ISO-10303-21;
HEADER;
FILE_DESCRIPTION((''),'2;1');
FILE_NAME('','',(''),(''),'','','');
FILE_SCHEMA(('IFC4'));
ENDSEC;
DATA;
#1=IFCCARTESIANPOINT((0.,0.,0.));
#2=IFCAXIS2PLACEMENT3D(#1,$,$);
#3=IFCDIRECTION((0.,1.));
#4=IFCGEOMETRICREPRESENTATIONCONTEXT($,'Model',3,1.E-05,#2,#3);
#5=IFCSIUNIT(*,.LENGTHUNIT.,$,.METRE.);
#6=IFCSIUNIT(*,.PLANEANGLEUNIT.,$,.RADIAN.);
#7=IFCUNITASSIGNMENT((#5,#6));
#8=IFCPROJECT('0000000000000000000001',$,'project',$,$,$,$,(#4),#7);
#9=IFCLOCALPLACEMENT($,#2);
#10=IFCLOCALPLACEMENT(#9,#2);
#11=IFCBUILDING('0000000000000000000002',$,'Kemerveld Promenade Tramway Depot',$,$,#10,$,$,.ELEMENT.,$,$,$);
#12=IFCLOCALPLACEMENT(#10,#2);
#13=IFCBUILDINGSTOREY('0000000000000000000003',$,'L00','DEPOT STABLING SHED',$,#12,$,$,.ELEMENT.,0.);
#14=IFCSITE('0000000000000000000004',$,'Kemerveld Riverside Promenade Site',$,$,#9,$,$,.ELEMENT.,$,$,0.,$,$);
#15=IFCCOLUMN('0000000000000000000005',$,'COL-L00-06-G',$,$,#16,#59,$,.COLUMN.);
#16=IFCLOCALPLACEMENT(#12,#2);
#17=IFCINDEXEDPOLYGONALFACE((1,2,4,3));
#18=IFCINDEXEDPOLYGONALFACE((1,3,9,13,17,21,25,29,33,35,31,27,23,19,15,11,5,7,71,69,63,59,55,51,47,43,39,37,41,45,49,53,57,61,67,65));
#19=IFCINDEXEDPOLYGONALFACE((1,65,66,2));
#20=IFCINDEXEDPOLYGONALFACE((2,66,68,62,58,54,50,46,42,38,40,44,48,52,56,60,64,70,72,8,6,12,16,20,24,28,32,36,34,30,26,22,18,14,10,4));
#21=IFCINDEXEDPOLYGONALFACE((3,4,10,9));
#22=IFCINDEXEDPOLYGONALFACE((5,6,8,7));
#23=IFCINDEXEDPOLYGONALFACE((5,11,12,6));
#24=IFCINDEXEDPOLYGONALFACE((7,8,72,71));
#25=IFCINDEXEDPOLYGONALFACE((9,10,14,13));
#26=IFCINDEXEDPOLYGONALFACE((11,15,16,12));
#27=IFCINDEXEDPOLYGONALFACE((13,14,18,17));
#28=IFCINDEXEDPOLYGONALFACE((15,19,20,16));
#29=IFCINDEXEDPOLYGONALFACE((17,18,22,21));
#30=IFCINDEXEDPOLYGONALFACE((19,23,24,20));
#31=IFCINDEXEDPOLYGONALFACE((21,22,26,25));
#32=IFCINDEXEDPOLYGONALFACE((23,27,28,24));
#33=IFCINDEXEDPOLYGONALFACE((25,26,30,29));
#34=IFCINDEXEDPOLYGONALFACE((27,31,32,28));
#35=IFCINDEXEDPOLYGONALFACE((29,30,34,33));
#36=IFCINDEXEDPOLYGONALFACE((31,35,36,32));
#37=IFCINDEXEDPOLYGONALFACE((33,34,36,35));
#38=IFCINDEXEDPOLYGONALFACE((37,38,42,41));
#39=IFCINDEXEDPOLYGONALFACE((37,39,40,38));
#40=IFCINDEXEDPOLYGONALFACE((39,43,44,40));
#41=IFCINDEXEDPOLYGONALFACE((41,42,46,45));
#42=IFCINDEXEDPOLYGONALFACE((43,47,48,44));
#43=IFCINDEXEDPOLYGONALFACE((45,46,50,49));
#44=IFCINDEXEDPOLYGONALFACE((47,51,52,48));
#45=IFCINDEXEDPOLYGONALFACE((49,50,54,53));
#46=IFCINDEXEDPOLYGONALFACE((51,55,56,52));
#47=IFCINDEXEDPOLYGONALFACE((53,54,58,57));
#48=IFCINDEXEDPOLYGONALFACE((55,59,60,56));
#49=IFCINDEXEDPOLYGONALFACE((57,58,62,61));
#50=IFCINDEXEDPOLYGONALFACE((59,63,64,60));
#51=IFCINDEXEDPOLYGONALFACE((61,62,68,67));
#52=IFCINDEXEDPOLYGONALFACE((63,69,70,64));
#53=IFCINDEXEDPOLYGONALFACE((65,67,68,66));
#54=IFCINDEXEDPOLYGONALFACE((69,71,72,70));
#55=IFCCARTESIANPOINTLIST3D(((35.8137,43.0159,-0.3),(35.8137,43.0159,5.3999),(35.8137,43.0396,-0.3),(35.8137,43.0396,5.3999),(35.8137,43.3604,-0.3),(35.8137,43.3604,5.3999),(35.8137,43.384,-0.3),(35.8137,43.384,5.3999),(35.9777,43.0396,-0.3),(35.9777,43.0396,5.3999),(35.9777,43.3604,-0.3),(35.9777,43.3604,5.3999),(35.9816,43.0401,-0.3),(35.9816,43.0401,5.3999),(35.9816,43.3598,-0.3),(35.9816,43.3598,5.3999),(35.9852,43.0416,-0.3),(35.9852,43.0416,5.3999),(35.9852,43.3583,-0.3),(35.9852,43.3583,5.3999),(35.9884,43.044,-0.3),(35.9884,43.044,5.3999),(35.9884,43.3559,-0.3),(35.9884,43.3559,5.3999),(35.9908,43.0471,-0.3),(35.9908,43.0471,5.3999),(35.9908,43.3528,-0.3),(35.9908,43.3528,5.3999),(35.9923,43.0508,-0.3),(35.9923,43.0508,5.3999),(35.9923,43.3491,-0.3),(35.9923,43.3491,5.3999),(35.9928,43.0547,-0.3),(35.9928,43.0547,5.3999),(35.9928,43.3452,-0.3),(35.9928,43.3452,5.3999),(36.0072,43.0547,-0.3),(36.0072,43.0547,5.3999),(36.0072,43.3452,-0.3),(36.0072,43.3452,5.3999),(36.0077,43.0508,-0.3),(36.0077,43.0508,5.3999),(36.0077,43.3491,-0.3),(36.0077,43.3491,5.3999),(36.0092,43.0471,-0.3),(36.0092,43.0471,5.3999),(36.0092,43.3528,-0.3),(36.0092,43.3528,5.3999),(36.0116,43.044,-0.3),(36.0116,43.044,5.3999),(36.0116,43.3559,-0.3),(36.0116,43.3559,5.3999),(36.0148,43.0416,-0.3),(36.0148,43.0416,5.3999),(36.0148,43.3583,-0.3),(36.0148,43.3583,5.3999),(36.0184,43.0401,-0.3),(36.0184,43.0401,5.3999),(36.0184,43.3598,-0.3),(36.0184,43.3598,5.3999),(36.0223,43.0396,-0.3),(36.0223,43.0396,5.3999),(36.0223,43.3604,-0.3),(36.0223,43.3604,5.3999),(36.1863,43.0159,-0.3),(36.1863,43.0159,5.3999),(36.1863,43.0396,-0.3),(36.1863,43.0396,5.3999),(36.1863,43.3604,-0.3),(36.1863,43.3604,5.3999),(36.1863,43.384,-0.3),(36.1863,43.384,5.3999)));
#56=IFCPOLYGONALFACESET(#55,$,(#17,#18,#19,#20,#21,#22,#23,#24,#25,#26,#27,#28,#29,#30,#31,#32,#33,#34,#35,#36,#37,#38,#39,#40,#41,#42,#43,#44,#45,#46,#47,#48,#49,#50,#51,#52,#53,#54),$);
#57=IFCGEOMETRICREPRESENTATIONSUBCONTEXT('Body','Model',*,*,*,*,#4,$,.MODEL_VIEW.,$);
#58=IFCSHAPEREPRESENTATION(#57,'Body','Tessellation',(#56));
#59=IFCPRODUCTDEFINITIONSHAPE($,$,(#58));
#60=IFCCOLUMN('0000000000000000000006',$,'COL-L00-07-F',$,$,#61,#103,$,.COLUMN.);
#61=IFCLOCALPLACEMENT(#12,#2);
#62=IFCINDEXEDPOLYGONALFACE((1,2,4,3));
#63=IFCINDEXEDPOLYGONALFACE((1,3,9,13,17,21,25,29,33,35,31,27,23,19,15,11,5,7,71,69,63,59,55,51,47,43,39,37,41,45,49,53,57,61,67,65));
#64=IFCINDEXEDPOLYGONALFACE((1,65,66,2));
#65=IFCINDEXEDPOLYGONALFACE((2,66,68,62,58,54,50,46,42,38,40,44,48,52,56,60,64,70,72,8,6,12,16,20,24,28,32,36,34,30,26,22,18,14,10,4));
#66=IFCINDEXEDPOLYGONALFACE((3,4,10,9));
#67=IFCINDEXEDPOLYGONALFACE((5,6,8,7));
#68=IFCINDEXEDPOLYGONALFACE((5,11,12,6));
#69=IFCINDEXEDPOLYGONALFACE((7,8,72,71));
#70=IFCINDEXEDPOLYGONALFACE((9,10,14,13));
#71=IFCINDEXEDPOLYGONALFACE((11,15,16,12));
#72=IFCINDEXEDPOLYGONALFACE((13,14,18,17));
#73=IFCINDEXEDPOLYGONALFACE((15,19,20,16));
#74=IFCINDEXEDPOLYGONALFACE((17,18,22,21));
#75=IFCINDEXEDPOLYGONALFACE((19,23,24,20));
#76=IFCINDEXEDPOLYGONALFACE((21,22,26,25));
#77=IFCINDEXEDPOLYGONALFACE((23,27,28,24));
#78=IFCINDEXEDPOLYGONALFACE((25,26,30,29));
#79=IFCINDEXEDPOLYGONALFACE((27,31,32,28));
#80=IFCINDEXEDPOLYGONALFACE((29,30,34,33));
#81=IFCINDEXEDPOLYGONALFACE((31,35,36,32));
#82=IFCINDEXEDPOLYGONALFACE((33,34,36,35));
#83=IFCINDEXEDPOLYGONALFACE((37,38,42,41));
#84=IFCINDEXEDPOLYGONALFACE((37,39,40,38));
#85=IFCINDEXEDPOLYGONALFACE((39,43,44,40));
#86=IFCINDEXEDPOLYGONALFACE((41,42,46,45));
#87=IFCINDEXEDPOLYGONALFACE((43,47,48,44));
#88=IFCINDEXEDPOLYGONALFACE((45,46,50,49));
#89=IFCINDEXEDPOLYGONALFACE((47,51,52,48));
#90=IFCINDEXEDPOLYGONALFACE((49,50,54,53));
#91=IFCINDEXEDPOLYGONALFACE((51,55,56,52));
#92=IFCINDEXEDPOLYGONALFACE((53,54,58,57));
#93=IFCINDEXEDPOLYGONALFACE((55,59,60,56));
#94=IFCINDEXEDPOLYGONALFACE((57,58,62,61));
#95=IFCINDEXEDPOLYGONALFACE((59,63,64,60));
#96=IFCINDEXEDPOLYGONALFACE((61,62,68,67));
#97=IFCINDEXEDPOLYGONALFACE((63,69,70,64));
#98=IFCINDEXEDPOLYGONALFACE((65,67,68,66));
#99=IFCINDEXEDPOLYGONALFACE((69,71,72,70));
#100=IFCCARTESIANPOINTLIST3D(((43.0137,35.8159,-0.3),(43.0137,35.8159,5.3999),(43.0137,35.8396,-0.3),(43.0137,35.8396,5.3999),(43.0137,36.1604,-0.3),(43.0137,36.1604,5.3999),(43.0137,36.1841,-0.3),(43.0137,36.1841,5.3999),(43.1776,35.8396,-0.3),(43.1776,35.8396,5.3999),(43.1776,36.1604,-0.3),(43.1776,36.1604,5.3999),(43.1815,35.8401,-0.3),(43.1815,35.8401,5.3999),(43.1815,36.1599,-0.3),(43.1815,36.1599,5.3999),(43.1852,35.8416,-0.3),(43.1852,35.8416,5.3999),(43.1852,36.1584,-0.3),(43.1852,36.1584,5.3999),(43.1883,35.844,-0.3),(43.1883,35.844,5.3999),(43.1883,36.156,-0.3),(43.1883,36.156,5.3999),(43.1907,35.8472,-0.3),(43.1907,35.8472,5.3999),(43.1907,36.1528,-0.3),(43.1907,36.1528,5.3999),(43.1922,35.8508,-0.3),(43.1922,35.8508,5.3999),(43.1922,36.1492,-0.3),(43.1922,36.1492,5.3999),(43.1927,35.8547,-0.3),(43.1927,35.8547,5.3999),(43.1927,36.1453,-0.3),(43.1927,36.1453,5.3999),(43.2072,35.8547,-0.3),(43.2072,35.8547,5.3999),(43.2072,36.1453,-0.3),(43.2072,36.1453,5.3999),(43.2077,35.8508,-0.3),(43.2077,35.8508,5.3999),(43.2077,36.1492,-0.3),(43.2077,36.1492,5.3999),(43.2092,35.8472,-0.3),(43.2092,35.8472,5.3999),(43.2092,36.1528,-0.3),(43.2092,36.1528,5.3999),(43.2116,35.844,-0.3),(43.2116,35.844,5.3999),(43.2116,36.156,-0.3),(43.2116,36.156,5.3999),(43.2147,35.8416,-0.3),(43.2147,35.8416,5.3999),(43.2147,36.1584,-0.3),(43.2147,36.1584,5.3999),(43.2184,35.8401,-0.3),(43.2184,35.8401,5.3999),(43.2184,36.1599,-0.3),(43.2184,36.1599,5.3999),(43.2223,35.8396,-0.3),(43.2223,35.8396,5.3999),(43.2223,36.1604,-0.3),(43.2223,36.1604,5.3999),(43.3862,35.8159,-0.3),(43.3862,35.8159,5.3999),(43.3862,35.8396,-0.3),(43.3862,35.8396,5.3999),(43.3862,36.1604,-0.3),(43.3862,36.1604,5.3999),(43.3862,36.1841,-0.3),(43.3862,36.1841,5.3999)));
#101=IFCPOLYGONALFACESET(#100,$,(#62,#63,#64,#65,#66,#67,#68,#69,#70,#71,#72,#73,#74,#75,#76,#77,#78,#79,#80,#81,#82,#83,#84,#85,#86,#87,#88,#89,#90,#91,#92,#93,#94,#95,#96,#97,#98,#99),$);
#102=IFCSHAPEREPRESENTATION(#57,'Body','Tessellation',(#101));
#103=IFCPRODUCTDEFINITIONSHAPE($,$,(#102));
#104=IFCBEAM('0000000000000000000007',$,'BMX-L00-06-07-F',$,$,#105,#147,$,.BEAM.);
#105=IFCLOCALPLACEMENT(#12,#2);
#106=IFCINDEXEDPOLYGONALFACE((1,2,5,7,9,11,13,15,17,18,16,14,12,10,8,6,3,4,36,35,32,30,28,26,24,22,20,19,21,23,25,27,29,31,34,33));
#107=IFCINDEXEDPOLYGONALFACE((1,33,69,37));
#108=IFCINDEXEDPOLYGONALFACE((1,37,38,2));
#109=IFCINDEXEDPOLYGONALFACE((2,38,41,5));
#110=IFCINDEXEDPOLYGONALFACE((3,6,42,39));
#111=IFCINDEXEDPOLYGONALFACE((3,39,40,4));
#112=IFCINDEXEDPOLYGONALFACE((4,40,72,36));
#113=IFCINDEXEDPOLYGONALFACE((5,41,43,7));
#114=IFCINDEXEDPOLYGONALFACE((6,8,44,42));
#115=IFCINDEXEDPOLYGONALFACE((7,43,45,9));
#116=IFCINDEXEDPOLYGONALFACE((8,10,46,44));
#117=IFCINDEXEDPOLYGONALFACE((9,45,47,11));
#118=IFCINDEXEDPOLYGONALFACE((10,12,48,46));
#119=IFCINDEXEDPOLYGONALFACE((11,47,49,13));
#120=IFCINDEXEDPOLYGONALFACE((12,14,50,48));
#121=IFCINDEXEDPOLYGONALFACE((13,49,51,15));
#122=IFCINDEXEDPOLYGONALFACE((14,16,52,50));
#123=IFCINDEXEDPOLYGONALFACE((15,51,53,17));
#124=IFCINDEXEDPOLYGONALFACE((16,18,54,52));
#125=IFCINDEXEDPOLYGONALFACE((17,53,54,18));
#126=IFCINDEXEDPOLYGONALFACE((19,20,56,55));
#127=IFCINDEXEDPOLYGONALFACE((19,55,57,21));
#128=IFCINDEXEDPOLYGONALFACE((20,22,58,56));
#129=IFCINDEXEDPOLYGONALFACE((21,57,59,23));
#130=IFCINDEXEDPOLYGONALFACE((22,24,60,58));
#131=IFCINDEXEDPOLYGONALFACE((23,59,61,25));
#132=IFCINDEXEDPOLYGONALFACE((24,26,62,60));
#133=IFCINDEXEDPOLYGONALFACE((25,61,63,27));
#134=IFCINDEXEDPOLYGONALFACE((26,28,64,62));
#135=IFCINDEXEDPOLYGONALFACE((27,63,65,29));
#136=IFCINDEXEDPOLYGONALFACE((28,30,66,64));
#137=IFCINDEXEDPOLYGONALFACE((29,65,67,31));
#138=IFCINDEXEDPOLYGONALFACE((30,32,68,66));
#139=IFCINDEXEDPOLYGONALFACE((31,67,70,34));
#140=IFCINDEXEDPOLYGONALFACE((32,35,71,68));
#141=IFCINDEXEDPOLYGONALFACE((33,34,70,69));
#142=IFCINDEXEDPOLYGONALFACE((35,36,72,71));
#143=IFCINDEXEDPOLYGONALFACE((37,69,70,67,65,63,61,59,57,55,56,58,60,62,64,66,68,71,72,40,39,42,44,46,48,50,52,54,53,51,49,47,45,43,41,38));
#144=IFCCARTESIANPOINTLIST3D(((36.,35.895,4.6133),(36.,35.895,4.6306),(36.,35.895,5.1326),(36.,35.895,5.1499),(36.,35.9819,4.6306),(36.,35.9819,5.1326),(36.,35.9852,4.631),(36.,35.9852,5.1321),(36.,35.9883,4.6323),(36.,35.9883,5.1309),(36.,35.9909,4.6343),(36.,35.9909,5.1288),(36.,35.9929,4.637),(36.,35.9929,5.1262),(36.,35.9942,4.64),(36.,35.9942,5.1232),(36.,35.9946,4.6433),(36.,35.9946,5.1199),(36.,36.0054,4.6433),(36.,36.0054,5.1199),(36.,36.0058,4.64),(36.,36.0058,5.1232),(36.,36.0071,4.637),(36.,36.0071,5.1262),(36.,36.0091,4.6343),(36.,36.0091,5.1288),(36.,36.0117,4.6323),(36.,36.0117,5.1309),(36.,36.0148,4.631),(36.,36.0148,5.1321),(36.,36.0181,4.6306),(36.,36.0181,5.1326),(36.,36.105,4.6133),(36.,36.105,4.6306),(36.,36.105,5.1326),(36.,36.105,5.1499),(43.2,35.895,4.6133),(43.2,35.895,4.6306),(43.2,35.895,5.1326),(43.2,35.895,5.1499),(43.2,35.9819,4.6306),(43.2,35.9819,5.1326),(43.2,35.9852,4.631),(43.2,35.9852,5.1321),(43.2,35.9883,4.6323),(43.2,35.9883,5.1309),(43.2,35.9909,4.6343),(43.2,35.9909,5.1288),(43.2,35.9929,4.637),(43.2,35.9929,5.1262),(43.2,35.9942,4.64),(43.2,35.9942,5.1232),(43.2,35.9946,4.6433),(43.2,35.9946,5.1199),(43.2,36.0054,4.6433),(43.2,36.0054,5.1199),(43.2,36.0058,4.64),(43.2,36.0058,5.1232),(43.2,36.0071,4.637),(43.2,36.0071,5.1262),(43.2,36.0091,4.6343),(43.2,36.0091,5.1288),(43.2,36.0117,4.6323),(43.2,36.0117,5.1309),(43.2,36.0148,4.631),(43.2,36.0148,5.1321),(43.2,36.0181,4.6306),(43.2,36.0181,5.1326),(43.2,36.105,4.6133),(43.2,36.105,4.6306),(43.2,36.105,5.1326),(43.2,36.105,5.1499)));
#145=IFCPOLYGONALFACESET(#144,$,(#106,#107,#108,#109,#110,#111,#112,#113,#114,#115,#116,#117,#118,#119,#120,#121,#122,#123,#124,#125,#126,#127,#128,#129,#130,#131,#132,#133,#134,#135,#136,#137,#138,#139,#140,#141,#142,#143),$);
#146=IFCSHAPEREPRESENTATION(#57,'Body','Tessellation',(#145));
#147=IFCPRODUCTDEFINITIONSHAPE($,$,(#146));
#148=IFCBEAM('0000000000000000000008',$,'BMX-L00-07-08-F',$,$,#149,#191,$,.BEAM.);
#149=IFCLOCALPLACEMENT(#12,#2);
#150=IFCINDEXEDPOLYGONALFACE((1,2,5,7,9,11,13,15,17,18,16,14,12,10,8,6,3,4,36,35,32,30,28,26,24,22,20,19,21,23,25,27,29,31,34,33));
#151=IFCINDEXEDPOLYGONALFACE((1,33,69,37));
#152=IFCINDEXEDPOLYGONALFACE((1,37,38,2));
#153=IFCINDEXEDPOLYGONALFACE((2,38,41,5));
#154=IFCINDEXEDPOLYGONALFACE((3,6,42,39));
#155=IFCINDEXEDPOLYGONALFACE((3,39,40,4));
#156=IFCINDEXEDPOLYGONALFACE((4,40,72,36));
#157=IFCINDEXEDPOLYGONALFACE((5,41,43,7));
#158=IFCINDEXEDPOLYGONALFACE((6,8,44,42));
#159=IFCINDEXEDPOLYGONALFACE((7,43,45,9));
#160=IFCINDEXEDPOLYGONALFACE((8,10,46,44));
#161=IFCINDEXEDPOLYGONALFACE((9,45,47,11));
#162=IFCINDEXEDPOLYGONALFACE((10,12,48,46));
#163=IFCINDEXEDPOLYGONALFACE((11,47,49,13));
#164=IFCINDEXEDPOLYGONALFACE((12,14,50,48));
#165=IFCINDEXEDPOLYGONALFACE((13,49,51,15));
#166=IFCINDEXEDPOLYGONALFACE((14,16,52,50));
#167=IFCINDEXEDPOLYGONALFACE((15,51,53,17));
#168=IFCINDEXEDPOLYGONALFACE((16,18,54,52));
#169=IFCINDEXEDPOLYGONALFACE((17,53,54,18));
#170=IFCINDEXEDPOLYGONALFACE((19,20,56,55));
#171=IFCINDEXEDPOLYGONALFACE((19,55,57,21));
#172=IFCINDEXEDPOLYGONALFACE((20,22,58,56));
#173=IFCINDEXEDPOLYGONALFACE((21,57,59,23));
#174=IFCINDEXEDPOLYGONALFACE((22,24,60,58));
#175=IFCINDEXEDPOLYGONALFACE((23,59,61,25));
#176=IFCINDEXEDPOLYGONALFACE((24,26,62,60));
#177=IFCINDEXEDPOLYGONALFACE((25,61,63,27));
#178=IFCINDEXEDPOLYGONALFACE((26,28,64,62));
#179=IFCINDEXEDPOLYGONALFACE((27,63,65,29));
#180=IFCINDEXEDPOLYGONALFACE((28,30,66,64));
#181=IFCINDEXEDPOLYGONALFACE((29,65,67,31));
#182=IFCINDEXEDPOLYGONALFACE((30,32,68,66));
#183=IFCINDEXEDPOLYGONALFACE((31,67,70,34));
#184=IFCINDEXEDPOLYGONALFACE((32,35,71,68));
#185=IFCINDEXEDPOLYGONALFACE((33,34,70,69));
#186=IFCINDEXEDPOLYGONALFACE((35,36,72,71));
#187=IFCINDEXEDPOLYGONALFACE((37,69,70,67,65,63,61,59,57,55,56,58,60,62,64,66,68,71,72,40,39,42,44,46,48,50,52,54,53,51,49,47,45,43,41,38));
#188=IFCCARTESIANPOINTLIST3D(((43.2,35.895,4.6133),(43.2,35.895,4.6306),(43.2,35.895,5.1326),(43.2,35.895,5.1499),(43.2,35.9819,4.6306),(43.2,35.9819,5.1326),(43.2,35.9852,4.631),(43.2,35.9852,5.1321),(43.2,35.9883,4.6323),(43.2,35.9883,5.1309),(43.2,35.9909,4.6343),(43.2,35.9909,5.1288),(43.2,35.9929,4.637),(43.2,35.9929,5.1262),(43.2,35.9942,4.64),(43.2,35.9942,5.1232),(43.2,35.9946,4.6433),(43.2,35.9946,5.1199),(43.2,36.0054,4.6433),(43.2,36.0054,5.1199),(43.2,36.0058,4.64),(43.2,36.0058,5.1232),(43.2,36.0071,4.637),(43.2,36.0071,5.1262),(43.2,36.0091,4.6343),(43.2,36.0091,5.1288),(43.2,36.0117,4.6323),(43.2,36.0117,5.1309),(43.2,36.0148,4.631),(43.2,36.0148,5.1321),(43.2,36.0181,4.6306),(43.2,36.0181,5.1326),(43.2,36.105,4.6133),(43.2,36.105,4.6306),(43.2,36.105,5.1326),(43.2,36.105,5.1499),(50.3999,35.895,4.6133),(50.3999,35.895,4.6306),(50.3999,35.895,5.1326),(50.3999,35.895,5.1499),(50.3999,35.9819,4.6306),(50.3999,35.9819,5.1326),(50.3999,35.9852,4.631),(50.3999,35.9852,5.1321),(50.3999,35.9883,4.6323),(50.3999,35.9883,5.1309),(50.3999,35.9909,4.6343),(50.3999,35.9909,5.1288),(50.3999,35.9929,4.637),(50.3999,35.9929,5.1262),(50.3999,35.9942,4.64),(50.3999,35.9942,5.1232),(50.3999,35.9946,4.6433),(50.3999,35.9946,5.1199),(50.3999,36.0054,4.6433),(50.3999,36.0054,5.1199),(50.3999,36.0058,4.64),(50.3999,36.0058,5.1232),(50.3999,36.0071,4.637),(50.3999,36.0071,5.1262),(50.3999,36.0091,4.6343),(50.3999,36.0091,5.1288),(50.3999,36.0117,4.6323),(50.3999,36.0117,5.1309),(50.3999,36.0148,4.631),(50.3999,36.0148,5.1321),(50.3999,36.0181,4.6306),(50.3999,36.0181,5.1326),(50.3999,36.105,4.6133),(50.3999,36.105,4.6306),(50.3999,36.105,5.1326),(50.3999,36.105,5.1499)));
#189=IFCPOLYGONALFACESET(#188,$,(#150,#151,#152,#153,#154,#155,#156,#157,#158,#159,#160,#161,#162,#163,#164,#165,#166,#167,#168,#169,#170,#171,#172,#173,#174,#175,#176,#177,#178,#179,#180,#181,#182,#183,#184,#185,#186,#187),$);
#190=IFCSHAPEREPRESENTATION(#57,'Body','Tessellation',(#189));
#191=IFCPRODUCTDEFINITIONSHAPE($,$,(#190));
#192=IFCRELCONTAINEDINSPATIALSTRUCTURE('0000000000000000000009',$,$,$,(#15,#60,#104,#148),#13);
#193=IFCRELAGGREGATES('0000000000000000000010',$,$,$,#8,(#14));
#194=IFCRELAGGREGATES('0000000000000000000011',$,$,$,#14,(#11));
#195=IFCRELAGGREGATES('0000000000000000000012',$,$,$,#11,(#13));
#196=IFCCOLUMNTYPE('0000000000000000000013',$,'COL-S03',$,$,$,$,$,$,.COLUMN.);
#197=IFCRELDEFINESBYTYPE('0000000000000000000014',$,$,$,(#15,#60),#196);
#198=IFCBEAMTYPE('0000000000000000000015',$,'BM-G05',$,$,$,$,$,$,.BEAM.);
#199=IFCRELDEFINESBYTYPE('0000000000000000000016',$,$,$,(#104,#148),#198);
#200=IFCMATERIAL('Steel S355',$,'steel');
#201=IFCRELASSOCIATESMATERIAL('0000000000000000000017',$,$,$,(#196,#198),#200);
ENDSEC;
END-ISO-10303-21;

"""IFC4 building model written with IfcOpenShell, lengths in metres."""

from ifc_helpers import new_model, si_unit, direction, frame, origin, origin_2d, place, context, subcontext, project, spatial, i_section, extrude, material, material_profile, profile_set, type_object, element, save


model = new_model("IFC4")

# Units and contexts
model_context = context("Model", 3, precision=1e-05, world=origin(), true_north=direction((0.0, 1.0)))
body_context = subcontext(model_context, "Body", "Model", "MODEL_VIEW")
ifc_project = project(units=[si_unit("LENGTHUNIT", "METRE"), si_unit("PLANEANGLEUNIT", "RADIAN")], contexts=[model_context])

# Site, building, storey
site_placement = place(None, origin())
site = spatial("IfcSite", under=ifc_project, at=site_placement, Name="Kemerveld Riverside Promenade Site", CompositionType="ELEMENT", RefElevation=0.0)
building_placement = place(site_placement, origin())
building = spatial("IfcBuilding", under=site, at=building_placement, Name="Kemerveld Promenade Tramway Depot", CompositionType="ELEMENT")
storey_placement = place(building_placement, origin())
storey = spatial("IfcBuildingStorey", under=building, at=storey_placement, Name="L00", Description="DEPOT STABLING SHED", CompositionType="ELEMENT", Elevation=0.0)

# Columns
ifc_material_1 = material(Name="Steel S355", Category="steel")
ifc_material_profile_1 = material_profile(ifc_material_1, i_section(OverallWidth=0.3726, OverallDepth=0.3682, WebThickness=0.0144, FlangeThickness=0.0237, FilletRadius=0.0151, at=origin_2d()), Name="356x368x177 UC")
ifc_profile_set_1 = profile_set([ifc_material_profile_1], Name="Steel S355")
column_type = type_object("IfcColumnType", Name="COL-S03", PredefinedType="COLUMN", material=ifc_profile_set_1)
for number, where, z_axis, x_axis, name in (
    (1, (36.0, 43.2, -0.3), (0.0, 0.0, 1.0), (1.0, 0.0, 0.0), "COL-L00-06-G"),
    (2, (43.2, 36.0, -0.3), (0.0, 0.0, 1.0), (1.0, 0.0, 0.0), "COL-L00-07-F"),
):
    element("IfcColumn", number, at=place(storey_placement, frame(where, z_axis=z_axis, x_axis=x_axis)), inside=storey, type_object=column_type, Name=name, PredefinedType="COLUMN", context=body_context, shape_type="SweptSolid", body=[
        extrude(i_section(OverallWidth=0.3726, OverallDepth=0.3682, WebThickness=0.0144, FlangeThickness=0.0237, FilletRadius=0.0151, at=origin_2d()), origin(), (0.0, 0.0, 1.0), 5.7),
    ])

# Beams
ifc_material_profile_2 = material_profile(ifc_material_1, i_section(OverallWidth=0.21, OverallDepth=0.5366, WebThickness=0.0107, FlangeThickness=0.0173, FilletRadius=0.0127, at=origin_2d()), Name="533x210x101 UB")
ifc_profile_set_2 = profile_set([ifc_material_profile_2], Name="Steel S355")
beam_type_1 = type_object("IfcBeamType", Name="BM-G05", PredefinedType="BEAM", material=ifc_profile_set_2)
for number, where, z_axis, x_axis, name in (
    (3, (36.0, 36.0, 4.8816), (1.0, 0.0, 0.0), (0.0, 1.0, 0.0), "BMX-L00-06-07-F"),
    (4, (43.2, 36.0, 4.8816), (1.0, 0.0, 0.0), (0.0, 1.0, 0.0), "BMX-L00-07-08-F"),
):
    element("IfcBeam", number, at=place(storey_placement, frame(where, z_axis=z_axis, x_axis=x_axis)), inside=storey, type_object=beam_type_1, Name=name, PredefinedType="BEAM", context=body_context, shape_type="SweptSolid", body=[
        extrude(i_section(OverallWidth=0.21, OverallDepth=0.5366, WebThickness=0.0107, FlangeThickness=0.0173, FilletRadius=0.0127, at=origin_2d()), origin(), (0.0, 0.0, 1.0), 7.2),
    ])

save(model, "model.ifc")
